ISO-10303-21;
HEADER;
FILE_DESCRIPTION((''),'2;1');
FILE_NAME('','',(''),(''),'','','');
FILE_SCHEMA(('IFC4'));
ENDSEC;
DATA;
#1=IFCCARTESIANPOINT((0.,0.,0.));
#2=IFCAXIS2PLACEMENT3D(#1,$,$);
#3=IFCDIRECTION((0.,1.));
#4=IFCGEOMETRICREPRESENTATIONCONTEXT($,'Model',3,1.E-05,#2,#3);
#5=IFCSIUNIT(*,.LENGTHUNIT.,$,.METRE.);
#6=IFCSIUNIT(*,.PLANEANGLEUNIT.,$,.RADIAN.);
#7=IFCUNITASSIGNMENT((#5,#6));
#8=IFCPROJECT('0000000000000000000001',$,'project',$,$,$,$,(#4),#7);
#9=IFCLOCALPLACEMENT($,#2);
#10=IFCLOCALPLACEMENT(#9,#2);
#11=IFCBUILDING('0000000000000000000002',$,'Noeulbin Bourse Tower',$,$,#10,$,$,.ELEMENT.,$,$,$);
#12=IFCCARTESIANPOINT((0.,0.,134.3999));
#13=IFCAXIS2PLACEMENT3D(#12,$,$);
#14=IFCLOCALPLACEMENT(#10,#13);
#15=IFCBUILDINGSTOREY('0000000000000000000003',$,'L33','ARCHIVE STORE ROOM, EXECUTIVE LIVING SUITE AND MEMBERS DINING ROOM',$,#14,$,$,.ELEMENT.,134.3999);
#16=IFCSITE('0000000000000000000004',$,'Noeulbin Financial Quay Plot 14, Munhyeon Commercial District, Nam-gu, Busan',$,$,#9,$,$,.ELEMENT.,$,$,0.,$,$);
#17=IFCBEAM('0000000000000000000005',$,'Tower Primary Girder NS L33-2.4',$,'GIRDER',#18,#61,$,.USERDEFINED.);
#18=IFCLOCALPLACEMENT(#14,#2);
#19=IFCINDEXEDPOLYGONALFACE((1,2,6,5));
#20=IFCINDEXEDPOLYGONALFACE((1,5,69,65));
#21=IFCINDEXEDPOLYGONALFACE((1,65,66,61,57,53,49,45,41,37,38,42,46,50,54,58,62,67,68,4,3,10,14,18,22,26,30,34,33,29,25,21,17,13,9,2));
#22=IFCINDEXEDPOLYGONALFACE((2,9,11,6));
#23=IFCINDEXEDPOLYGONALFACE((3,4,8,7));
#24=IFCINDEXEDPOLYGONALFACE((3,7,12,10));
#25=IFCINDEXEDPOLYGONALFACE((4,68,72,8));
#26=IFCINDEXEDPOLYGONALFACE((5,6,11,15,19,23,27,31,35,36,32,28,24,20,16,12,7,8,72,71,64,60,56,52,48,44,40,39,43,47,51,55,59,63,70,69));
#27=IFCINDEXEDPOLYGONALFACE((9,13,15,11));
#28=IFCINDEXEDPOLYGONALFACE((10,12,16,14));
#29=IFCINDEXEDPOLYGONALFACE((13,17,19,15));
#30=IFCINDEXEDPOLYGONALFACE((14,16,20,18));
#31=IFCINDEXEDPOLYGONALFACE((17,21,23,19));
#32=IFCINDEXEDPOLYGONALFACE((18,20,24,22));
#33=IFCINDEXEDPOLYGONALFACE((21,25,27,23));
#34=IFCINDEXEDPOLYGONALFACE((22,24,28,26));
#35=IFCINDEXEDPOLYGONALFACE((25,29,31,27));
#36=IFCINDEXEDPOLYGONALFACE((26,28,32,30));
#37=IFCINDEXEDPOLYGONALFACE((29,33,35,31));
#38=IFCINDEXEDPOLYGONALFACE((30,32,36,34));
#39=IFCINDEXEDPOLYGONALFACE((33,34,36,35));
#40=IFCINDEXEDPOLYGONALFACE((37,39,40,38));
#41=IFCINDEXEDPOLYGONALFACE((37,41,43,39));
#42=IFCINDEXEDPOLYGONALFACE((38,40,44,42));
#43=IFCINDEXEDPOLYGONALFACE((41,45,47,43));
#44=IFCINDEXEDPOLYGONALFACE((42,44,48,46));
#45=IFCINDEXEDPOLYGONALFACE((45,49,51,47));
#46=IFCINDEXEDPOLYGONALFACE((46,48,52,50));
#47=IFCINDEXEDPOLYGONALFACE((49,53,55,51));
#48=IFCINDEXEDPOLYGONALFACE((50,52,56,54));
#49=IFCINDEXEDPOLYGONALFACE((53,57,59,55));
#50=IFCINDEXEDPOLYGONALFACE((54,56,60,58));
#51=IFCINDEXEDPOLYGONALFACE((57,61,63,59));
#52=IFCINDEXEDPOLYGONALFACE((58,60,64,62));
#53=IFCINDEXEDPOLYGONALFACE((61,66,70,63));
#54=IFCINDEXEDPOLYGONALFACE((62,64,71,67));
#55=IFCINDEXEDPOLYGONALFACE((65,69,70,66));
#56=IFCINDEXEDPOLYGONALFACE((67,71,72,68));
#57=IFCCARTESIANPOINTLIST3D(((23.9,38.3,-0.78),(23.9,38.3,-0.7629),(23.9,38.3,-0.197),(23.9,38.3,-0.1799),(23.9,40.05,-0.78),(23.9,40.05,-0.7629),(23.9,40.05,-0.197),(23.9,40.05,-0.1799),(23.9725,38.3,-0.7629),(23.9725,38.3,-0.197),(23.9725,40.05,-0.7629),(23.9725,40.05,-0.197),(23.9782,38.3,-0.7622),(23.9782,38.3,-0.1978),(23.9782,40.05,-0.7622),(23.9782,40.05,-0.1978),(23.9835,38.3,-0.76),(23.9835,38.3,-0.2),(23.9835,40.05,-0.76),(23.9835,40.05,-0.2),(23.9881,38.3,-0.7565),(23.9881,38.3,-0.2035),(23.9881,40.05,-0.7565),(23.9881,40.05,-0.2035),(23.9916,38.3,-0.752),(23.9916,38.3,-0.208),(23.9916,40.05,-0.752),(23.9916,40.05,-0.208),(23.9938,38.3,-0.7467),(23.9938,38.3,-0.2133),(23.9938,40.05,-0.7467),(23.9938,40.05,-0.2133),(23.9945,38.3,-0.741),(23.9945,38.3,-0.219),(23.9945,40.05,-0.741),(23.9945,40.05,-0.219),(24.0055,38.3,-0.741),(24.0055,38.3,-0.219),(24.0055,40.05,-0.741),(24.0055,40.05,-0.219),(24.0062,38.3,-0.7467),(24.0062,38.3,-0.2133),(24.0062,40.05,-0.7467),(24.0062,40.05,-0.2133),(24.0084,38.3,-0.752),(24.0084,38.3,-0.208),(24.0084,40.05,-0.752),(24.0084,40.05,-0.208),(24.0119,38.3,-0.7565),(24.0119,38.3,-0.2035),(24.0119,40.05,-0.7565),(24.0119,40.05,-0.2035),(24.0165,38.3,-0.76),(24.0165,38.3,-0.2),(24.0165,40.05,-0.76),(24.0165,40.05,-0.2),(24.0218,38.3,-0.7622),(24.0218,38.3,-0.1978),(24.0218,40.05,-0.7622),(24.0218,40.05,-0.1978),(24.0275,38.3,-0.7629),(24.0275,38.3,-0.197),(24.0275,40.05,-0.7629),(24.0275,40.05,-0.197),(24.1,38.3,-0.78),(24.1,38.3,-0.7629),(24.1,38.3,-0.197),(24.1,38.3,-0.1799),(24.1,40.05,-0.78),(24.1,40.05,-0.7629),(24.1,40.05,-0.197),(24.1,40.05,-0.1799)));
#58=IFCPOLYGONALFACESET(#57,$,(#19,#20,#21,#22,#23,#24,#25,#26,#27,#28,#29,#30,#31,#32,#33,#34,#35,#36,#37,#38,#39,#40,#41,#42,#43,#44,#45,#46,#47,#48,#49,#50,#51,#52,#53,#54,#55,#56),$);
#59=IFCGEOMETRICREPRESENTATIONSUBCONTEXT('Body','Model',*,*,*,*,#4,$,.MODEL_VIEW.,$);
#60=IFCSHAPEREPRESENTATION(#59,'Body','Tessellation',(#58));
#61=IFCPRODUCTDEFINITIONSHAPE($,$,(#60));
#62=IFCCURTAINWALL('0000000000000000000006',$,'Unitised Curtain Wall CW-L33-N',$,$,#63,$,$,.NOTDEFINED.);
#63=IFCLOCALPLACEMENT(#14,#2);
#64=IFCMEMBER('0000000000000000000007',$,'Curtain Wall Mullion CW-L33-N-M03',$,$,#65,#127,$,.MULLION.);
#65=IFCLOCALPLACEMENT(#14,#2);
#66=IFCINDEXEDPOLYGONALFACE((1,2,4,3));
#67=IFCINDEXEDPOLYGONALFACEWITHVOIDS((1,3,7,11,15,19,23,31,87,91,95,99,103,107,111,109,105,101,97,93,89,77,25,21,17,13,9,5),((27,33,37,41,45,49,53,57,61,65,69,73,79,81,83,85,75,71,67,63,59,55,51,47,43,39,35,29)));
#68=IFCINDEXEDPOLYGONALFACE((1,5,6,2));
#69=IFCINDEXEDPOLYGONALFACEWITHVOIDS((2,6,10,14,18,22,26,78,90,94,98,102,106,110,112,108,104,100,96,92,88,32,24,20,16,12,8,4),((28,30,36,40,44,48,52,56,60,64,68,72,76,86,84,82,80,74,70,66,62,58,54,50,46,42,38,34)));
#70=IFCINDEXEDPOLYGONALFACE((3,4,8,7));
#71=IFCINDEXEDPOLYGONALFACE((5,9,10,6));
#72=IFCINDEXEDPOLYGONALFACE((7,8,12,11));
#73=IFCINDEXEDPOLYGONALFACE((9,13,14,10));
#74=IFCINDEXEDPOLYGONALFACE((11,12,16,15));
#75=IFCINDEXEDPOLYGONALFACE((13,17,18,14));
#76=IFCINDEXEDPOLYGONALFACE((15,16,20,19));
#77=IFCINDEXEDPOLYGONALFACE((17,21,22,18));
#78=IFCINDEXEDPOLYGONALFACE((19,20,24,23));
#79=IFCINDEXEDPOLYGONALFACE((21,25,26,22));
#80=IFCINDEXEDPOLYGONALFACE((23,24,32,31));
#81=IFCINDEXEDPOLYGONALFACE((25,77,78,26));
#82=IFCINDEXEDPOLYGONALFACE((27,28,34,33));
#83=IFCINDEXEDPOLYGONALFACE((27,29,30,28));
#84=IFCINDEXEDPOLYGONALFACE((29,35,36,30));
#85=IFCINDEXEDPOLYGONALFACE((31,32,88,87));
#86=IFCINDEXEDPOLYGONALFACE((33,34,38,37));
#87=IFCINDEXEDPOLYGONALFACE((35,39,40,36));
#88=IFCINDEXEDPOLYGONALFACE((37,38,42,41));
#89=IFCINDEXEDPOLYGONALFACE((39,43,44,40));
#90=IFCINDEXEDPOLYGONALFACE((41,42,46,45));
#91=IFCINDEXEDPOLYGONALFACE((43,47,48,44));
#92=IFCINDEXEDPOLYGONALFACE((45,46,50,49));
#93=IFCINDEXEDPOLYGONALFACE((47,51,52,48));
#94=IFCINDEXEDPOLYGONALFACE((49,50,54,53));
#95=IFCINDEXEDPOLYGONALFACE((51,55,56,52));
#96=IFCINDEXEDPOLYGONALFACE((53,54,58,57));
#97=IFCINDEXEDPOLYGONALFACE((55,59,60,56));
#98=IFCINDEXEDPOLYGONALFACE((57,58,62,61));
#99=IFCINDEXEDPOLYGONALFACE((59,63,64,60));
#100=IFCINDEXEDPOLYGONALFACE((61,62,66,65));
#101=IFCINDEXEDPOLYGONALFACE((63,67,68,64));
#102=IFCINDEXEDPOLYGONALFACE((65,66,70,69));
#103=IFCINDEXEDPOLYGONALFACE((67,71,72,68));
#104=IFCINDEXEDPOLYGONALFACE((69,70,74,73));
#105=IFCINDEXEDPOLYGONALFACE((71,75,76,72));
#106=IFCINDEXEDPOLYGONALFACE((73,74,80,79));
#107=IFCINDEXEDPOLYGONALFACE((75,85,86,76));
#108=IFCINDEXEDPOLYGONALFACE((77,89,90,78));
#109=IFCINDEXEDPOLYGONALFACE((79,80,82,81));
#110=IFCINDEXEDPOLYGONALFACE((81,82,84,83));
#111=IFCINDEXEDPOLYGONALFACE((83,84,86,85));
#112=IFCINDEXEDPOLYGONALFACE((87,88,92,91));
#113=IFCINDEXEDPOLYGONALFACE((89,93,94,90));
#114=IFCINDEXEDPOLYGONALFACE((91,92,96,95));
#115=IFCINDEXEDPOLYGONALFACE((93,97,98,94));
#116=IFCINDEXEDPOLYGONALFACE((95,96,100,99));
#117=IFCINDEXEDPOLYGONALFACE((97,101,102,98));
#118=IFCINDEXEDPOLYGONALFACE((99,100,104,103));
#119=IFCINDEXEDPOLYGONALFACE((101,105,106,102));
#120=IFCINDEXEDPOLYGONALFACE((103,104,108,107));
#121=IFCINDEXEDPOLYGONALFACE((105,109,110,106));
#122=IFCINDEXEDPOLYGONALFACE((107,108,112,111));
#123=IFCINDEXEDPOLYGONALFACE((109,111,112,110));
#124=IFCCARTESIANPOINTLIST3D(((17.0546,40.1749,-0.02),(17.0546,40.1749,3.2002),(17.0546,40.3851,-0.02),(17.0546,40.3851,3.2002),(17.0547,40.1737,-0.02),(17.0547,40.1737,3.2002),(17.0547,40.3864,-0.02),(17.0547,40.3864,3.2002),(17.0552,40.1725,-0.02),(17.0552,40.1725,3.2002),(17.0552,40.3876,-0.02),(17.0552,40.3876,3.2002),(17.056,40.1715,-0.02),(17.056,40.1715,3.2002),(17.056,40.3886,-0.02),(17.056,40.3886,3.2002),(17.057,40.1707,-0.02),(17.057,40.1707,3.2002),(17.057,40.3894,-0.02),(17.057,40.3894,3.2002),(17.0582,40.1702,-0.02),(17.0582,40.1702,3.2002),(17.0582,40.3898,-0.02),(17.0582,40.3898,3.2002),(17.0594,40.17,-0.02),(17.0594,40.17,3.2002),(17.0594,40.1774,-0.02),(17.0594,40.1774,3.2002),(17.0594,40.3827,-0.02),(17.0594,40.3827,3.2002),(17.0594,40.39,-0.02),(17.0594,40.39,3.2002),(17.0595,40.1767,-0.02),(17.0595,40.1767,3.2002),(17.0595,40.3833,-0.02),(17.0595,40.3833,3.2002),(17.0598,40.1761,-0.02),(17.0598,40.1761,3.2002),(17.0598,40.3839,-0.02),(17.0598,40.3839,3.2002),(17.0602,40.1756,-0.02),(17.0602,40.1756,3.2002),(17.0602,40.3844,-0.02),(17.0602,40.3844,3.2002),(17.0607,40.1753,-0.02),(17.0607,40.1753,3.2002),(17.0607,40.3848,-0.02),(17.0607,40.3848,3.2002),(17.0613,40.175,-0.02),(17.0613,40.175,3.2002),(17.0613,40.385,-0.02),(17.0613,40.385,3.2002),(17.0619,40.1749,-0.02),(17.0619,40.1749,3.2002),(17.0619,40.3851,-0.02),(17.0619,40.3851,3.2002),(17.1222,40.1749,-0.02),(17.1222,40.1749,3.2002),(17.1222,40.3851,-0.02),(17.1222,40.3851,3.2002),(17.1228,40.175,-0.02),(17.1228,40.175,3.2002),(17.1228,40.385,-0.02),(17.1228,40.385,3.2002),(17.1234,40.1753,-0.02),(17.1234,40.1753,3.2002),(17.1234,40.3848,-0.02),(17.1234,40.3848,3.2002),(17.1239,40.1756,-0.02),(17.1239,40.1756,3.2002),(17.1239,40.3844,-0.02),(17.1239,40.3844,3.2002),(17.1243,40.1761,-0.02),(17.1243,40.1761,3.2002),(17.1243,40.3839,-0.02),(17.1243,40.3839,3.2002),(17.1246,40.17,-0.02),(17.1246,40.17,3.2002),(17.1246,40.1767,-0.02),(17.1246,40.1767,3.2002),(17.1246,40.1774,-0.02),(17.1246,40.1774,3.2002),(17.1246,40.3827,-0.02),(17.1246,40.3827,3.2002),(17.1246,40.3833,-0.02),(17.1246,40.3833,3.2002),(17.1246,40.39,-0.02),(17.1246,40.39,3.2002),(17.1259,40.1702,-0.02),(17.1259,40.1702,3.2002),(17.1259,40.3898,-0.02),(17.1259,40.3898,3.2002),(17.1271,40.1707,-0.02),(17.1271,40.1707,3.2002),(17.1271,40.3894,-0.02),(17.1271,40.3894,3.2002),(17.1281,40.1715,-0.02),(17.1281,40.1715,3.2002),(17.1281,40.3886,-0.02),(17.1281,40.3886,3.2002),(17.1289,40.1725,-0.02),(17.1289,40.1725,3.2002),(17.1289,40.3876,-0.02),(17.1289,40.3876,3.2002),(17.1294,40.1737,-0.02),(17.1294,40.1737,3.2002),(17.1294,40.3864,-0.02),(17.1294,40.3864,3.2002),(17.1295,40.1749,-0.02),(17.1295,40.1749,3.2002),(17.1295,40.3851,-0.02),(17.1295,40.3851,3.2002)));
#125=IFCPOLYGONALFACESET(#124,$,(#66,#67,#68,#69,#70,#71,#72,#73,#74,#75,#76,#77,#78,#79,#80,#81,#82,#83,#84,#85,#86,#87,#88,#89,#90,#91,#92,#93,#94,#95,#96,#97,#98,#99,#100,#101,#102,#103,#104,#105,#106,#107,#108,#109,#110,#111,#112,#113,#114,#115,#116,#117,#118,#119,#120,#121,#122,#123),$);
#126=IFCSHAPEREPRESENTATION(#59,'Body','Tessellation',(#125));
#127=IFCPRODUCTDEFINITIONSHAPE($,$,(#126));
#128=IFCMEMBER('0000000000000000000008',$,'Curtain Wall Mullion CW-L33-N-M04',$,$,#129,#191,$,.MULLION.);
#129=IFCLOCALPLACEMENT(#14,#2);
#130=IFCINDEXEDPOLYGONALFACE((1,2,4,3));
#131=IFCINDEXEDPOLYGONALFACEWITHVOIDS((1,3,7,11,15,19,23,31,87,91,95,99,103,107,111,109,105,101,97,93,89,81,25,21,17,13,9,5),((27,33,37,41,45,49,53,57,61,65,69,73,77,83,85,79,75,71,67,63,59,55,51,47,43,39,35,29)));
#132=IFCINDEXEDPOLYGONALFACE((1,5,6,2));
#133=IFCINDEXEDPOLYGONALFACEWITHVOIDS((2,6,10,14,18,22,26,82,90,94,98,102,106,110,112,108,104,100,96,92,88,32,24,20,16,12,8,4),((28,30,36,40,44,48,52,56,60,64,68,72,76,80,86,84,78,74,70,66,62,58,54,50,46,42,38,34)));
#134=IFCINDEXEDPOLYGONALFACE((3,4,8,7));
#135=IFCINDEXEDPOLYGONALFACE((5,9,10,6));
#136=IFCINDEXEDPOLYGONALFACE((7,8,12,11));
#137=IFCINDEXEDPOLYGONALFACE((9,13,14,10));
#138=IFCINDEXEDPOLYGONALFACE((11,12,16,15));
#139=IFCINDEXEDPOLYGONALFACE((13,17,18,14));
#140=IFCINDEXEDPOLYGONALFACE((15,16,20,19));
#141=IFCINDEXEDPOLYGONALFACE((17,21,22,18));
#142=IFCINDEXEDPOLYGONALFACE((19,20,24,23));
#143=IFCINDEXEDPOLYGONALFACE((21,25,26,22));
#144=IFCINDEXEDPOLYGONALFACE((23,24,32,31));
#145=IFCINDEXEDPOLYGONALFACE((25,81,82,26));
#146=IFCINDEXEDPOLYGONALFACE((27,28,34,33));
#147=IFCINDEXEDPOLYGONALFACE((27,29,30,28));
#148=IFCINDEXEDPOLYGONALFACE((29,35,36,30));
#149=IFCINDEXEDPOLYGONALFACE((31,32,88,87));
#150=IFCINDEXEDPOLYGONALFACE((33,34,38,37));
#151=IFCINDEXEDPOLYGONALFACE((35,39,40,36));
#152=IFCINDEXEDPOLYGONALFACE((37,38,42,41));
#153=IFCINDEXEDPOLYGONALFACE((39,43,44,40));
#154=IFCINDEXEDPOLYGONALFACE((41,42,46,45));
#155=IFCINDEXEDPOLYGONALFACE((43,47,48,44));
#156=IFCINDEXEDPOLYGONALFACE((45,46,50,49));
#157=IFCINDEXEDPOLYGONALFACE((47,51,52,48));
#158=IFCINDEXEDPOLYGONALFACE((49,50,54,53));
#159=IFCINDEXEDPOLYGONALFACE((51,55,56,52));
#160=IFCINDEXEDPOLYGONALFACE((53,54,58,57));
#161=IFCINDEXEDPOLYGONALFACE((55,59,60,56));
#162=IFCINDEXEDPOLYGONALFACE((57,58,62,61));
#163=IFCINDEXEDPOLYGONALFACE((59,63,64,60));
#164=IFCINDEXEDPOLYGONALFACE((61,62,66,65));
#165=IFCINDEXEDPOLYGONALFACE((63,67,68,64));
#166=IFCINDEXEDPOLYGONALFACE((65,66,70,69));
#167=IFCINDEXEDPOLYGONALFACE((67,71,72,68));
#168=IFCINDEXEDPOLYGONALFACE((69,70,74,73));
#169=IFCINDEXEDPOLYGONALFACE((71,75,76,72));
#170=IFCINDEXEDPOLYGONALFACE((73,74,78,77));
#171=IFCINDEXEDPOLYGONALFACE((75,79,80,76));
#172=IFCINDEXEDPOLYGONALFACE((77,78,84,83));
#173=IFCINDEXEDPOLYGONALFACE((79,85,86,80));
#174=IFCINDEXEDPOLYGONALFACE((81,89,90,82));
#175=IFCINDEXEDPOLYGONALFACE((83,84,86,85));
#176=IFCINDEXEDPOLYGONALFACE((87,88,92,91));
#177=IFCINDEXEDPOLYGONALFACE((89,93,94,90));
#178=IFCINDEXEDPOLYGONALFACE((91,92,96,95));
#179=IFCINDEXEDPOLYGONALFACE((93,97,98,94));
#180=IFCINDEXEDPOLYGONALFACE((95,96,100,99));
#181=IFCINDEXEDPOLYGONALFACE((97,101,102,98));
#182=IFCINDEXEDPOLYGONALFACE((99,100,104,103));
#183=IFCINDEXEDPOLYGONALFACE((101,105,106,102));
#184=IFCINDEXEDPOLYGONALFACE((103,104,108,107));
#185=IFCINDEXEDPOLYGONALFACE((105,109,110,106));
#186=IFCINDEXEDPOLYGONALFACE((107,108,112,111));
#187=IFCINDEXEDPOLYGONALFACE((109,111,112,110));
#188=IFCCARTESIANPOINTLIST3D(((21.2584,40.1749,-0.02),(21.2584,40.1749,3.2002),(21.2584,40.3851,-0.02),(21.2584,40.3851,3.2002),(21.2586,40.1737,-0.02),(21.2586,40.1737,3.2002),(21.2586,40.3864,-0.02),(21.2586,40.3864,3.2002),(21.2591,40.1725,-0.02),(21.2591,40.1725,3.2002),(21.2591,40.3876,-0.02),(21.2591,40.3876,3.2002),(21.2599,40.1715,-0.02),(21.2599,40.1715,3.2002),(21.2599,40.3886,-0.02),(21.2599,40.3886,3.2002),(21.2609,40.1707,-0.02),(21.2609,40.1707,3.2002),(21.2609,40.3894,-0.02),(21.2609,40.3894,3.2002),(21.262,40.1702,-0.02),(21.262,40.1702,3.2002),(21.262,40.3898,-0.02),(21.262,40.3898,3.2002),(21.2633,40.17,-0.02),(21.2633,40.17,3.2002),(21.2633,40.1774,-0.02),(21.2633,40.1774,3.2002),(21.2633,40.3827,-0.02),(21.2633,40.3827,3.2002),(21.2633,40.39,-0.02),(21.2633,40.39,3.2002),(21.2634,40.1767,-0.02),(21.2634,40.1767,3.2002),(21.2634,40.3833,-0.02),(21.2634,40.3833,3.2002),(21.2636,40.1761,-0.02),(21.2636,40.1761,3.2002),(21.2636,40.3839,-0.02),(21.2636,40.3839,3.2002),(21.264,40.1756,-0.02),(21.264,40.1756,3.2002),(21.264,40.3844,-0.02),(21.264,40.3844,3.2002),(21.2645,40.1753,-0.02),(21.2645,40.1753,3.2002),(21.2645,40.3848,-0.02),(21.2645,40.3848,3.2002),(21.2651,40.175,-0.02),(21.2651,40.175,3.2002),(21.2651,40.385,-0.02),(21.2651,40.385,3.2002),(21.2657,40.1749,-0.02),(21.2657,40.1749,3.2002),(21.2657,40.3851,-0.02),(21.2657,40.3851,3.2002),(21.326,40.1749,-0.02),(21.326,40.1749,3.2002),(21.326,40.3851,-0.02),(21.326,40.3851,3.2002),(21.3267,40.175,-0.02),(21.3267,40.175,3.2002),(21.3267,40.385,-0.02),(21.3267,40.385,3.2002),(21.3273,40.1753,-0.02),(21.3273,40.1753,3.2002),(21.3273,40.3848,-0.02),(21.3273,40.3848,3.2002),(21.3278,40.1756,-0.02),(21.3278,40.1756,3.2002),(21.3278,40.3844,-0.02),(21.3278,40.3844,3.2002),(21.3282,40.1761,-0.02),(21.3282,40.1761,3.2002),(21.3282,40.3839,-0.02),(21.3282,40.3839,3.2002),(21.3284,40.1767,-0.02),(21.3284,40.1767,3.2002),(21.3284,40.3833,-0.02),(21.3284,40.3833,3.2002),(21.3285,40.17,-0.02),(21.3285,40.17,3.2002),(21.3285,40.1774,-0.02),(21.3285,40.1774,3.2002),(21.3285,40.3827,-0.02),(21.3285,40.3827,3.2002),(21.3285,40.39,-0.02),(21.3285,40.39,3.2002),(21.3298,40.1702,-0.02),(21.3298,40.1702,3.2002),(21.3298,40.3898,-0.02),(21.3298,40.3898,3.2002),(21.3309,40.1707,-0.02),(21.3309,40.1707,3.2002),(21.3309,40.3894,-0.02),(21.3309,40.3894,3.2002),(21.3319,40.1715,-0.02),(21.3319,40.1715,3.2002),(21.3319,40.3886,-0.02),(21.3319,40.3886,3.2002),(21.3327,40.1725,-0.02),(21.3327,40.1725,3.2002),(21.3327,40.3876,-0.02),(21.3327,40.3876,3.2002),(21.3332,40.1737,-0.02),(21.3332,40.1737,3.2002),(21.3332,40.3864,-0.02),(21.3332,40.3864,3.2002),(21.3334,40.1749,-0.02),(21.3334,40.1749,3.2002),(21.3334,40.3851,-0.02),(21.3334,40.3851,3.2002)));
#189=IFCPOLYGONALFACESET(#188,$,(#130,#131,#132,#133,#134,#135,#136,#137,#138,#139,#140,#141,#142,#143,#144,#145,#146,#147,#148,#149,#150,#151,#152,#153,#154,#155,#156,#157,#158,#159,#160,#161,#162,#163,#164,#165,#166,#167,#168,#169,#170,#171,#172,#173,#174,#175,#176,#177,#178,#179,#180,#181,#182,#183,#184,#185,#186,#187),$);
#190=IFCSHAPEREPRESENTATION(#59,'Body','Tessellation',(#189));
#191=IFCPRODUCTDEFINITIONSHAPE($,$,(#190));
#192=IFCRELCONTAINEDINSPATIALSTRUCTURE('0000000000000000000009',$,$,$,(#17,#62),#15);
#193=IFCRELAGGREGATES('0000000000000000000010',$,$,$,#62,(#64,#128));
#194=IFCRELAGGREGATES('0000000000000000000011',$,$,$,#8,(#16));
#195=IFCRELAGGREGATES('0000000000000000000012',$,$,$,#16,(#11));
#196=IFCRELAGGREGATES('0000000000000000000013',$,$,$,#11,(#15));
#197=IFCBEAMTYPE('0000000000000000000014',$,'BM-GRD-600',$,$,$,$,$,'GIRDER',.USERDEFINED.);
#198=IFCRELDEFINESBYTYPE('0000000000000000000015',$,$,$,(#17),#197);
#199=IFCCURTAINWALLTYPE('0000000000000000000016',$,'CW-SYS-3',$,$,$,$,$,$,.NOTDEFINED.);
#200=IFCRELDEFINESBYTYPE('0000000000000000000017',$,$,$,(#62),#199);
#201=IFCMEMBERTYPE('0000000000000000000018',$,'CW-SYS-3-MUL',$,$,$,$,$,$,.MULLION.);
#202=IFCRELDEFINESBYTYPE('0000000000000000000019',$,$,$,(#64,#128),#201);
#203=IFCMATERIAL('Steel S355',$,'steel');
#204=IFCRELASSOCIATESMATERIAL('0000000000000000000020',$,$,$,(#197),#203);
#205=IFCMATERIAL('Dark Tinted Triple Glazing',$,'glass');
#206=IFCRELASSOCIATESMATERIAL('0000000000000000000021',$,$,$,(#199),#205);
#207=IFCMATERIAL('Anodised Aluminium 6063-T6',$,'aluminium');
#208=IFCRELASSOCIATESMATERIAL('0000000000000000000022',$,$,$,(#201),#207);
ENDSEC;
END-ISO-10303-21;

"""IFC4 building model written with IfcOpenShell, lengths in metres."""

from ifc_helpers import new_model, si_unit, direction, frame, origin, origin_2d, place, context, subcontext, project, spatial, hollow_rectangle, i_section, extrude, material, material_profile, profile_set, type_object, element, aggregate, save


model = new_model("IFC4")

# Units and contexts
model_context = context("Model", 3, precision=1e-05, world=origin(), true_north=direction((0.0, 1.0)))
body_context = subcontext(model_context, "Body", "Model", "MODEL_VIEW")
ifc_project = project(units=[si_unit("LENGTHUNIT", "METRE"), si_unit("PLANEANGLEUNIT", "RADIAN")], contexts=[model_context])

# Site, building, storey
site_placement = place(None, origin())
site = spatial("IfcSite", under=ifc_project, at=site_placement, Name="Noeulbin Financial Quay Plot 14, Munhyeon Commercial District, Nam-gu, Busan", CompositionType="ELEMENT", RefElevation=0.0)
building_placement = place(site_placement, origin())
building = spatial("IfcBuilding", under=site, at=building_placement, Name="Noeulbin Bourse Tower", CompositionType="ELEMENT")
storey_placement = place(building_placement, frame((0.0, 0.0, 134.3999)))
storey = spatial("IfcBuildingStorey", under=building, at=storey_placement, Name="L33", Description="ARCHIVE STORE ROOM, EXECUTIVE LIVING SUITE AND MEMBERS DINING ROOM", CompositionType="ELEMENT", Elevation=134.3999)

# Beam
ifc_material_1 = material(Name="Steel S355", Category="steel")
ifc_material_profile_1 = material_profile(ifc_material_1, i_section(OverallWidth=0.2, OverallDepth=0.6001, WebThickness=0.011, FlangeThickness=0.0171, FilletRadius=0.022, at=origin_2d()), Name="H-600x200x11x17", Category="LoadBearing")
ifc_profile_set_1 = profile_set([ifc_material_profile_1], Name="Steel S355")
beam_type = type_object("IfcBeamType", Name="BM-GRD-600", ElementType="GIRDER", PredefinedType="USERDEFINED", material=ifc_profile_set_1)
for number, where, z_axis, x_axis, name in (
    (1, (24.0, 38.3, -0.48), (0.0, 1.0, 0.0), (-1.0, 0.0, 0.0), "Tower Primary Girder NS L33-2.4"),
):
    element("IfcBeam", number, at=place(storey_placement, frame(where, z_axis=z_axis, x_axis=x_axis)), inside=storey, type_object=beam_type, Name=name, ObjectType="GIRDER", PredefinedType="USERDEFINED", context=body_context, shape_type="SweptSolid", body=[
        extrude(i_section(OverallWidth=0.2, OverallDepth=0.6001, WebThickness=0.011, FlangeThickness=0.0171, FilletRadius=0.022, at=origin_2d()), origin(), (0.0, 0.0, 1.0), 1.75),
    ])

# Curtain wall, members
ifc_material_2 = material(Name="Dark Tinted Triple Glazing", Category="glass")
curtain_wall_type = type_object("IfcCurtainWallType", Name="CW-SYS-3", PredefinedType="NOTDEFINED", material=ifc_material_2)
curtain_wall_placement = place(storey_placement, origin())
curtain_wall = element("IfcCurtainWall", 2, at=curtain_wall_placement, inside=storey, type_object=curtain_wall_type, Name="Unitised Curtain Wall CW-L33-N", PredefinedType="NOTDEFINED")
ifc_material_3 = material(Name="Anodised Aluminium 6063-T6", Category="aluminium")
ifc_material_profile_2 = material_profile(ifc_material_3, hollow_rectangle(XDim=0.075, YDim=0.22, WallThickness=0.0049, InnerFilletRadius=0.0024, OuterFilletRadius=0.0049, at=origin_2d()), Name="ALU-MULL-75x220x5", Category="LoadBearing")
ifc_profile_set_2 = profile_set([ifc_material_profile_2], Name="Anodised Aluminium 6063-T6")
member_type = type_object("IfcMemberType", Name="CW-SYS-3-MUL", PredefinedType="MULLION", material=ifc_profile_set_2)
member_1_placement = place(storey_placement, frame((17.092, 40.28, -0.02), z_axis=(0.0, 0.0, 1.0), x_axis=(1.0, 0.0, 0.0)))
member_1 = element("IfcMember", 3, at=member_1_placement, type_object=member_type, Name="Curtain Wall Mullion CW-L33-N-M03", PredefinedType="MULLION", context=body_context, shape_type="SweptSolid", body=[
    extrude(hollow_rectangle(XDim=0.075, YDim=0.22, WallThickness=0.0049, InnerFilletRadius=0.0024, OuterFilletRadius=0.0049, at=origin_2d()), origin(), (0.0, 0.0, 1.0), 3.2202),
])
member_2_placement = place(storey_placement, frame((21.2959, 40.28, -0.02), z_axis=(0.0, 0.0, 1.0), x_axis=(1.0, 0.0, 0.0)))
member_2 = element("IfcMember", 4, at=member_2_placement, type_object=member_type, Name="Curtain Wall Mullion CW-L33-N-M04", PredefinedType="MULLION", context=body_context, shape_type="SweptSolid", body=[
    extrude(hollow_rectangle(XDim=0.075, YDim=0.22, WallThickness=0.0049, InnerFilletRadius=0.0024, OuterFilletRadius=0.0049, at=origin_2d()), origin(), (0.0, 0.0, 1.0), 3.2202),
])
aggregate(curtain_wall, [member_1, member_2])

save(model, "model.ifc")
